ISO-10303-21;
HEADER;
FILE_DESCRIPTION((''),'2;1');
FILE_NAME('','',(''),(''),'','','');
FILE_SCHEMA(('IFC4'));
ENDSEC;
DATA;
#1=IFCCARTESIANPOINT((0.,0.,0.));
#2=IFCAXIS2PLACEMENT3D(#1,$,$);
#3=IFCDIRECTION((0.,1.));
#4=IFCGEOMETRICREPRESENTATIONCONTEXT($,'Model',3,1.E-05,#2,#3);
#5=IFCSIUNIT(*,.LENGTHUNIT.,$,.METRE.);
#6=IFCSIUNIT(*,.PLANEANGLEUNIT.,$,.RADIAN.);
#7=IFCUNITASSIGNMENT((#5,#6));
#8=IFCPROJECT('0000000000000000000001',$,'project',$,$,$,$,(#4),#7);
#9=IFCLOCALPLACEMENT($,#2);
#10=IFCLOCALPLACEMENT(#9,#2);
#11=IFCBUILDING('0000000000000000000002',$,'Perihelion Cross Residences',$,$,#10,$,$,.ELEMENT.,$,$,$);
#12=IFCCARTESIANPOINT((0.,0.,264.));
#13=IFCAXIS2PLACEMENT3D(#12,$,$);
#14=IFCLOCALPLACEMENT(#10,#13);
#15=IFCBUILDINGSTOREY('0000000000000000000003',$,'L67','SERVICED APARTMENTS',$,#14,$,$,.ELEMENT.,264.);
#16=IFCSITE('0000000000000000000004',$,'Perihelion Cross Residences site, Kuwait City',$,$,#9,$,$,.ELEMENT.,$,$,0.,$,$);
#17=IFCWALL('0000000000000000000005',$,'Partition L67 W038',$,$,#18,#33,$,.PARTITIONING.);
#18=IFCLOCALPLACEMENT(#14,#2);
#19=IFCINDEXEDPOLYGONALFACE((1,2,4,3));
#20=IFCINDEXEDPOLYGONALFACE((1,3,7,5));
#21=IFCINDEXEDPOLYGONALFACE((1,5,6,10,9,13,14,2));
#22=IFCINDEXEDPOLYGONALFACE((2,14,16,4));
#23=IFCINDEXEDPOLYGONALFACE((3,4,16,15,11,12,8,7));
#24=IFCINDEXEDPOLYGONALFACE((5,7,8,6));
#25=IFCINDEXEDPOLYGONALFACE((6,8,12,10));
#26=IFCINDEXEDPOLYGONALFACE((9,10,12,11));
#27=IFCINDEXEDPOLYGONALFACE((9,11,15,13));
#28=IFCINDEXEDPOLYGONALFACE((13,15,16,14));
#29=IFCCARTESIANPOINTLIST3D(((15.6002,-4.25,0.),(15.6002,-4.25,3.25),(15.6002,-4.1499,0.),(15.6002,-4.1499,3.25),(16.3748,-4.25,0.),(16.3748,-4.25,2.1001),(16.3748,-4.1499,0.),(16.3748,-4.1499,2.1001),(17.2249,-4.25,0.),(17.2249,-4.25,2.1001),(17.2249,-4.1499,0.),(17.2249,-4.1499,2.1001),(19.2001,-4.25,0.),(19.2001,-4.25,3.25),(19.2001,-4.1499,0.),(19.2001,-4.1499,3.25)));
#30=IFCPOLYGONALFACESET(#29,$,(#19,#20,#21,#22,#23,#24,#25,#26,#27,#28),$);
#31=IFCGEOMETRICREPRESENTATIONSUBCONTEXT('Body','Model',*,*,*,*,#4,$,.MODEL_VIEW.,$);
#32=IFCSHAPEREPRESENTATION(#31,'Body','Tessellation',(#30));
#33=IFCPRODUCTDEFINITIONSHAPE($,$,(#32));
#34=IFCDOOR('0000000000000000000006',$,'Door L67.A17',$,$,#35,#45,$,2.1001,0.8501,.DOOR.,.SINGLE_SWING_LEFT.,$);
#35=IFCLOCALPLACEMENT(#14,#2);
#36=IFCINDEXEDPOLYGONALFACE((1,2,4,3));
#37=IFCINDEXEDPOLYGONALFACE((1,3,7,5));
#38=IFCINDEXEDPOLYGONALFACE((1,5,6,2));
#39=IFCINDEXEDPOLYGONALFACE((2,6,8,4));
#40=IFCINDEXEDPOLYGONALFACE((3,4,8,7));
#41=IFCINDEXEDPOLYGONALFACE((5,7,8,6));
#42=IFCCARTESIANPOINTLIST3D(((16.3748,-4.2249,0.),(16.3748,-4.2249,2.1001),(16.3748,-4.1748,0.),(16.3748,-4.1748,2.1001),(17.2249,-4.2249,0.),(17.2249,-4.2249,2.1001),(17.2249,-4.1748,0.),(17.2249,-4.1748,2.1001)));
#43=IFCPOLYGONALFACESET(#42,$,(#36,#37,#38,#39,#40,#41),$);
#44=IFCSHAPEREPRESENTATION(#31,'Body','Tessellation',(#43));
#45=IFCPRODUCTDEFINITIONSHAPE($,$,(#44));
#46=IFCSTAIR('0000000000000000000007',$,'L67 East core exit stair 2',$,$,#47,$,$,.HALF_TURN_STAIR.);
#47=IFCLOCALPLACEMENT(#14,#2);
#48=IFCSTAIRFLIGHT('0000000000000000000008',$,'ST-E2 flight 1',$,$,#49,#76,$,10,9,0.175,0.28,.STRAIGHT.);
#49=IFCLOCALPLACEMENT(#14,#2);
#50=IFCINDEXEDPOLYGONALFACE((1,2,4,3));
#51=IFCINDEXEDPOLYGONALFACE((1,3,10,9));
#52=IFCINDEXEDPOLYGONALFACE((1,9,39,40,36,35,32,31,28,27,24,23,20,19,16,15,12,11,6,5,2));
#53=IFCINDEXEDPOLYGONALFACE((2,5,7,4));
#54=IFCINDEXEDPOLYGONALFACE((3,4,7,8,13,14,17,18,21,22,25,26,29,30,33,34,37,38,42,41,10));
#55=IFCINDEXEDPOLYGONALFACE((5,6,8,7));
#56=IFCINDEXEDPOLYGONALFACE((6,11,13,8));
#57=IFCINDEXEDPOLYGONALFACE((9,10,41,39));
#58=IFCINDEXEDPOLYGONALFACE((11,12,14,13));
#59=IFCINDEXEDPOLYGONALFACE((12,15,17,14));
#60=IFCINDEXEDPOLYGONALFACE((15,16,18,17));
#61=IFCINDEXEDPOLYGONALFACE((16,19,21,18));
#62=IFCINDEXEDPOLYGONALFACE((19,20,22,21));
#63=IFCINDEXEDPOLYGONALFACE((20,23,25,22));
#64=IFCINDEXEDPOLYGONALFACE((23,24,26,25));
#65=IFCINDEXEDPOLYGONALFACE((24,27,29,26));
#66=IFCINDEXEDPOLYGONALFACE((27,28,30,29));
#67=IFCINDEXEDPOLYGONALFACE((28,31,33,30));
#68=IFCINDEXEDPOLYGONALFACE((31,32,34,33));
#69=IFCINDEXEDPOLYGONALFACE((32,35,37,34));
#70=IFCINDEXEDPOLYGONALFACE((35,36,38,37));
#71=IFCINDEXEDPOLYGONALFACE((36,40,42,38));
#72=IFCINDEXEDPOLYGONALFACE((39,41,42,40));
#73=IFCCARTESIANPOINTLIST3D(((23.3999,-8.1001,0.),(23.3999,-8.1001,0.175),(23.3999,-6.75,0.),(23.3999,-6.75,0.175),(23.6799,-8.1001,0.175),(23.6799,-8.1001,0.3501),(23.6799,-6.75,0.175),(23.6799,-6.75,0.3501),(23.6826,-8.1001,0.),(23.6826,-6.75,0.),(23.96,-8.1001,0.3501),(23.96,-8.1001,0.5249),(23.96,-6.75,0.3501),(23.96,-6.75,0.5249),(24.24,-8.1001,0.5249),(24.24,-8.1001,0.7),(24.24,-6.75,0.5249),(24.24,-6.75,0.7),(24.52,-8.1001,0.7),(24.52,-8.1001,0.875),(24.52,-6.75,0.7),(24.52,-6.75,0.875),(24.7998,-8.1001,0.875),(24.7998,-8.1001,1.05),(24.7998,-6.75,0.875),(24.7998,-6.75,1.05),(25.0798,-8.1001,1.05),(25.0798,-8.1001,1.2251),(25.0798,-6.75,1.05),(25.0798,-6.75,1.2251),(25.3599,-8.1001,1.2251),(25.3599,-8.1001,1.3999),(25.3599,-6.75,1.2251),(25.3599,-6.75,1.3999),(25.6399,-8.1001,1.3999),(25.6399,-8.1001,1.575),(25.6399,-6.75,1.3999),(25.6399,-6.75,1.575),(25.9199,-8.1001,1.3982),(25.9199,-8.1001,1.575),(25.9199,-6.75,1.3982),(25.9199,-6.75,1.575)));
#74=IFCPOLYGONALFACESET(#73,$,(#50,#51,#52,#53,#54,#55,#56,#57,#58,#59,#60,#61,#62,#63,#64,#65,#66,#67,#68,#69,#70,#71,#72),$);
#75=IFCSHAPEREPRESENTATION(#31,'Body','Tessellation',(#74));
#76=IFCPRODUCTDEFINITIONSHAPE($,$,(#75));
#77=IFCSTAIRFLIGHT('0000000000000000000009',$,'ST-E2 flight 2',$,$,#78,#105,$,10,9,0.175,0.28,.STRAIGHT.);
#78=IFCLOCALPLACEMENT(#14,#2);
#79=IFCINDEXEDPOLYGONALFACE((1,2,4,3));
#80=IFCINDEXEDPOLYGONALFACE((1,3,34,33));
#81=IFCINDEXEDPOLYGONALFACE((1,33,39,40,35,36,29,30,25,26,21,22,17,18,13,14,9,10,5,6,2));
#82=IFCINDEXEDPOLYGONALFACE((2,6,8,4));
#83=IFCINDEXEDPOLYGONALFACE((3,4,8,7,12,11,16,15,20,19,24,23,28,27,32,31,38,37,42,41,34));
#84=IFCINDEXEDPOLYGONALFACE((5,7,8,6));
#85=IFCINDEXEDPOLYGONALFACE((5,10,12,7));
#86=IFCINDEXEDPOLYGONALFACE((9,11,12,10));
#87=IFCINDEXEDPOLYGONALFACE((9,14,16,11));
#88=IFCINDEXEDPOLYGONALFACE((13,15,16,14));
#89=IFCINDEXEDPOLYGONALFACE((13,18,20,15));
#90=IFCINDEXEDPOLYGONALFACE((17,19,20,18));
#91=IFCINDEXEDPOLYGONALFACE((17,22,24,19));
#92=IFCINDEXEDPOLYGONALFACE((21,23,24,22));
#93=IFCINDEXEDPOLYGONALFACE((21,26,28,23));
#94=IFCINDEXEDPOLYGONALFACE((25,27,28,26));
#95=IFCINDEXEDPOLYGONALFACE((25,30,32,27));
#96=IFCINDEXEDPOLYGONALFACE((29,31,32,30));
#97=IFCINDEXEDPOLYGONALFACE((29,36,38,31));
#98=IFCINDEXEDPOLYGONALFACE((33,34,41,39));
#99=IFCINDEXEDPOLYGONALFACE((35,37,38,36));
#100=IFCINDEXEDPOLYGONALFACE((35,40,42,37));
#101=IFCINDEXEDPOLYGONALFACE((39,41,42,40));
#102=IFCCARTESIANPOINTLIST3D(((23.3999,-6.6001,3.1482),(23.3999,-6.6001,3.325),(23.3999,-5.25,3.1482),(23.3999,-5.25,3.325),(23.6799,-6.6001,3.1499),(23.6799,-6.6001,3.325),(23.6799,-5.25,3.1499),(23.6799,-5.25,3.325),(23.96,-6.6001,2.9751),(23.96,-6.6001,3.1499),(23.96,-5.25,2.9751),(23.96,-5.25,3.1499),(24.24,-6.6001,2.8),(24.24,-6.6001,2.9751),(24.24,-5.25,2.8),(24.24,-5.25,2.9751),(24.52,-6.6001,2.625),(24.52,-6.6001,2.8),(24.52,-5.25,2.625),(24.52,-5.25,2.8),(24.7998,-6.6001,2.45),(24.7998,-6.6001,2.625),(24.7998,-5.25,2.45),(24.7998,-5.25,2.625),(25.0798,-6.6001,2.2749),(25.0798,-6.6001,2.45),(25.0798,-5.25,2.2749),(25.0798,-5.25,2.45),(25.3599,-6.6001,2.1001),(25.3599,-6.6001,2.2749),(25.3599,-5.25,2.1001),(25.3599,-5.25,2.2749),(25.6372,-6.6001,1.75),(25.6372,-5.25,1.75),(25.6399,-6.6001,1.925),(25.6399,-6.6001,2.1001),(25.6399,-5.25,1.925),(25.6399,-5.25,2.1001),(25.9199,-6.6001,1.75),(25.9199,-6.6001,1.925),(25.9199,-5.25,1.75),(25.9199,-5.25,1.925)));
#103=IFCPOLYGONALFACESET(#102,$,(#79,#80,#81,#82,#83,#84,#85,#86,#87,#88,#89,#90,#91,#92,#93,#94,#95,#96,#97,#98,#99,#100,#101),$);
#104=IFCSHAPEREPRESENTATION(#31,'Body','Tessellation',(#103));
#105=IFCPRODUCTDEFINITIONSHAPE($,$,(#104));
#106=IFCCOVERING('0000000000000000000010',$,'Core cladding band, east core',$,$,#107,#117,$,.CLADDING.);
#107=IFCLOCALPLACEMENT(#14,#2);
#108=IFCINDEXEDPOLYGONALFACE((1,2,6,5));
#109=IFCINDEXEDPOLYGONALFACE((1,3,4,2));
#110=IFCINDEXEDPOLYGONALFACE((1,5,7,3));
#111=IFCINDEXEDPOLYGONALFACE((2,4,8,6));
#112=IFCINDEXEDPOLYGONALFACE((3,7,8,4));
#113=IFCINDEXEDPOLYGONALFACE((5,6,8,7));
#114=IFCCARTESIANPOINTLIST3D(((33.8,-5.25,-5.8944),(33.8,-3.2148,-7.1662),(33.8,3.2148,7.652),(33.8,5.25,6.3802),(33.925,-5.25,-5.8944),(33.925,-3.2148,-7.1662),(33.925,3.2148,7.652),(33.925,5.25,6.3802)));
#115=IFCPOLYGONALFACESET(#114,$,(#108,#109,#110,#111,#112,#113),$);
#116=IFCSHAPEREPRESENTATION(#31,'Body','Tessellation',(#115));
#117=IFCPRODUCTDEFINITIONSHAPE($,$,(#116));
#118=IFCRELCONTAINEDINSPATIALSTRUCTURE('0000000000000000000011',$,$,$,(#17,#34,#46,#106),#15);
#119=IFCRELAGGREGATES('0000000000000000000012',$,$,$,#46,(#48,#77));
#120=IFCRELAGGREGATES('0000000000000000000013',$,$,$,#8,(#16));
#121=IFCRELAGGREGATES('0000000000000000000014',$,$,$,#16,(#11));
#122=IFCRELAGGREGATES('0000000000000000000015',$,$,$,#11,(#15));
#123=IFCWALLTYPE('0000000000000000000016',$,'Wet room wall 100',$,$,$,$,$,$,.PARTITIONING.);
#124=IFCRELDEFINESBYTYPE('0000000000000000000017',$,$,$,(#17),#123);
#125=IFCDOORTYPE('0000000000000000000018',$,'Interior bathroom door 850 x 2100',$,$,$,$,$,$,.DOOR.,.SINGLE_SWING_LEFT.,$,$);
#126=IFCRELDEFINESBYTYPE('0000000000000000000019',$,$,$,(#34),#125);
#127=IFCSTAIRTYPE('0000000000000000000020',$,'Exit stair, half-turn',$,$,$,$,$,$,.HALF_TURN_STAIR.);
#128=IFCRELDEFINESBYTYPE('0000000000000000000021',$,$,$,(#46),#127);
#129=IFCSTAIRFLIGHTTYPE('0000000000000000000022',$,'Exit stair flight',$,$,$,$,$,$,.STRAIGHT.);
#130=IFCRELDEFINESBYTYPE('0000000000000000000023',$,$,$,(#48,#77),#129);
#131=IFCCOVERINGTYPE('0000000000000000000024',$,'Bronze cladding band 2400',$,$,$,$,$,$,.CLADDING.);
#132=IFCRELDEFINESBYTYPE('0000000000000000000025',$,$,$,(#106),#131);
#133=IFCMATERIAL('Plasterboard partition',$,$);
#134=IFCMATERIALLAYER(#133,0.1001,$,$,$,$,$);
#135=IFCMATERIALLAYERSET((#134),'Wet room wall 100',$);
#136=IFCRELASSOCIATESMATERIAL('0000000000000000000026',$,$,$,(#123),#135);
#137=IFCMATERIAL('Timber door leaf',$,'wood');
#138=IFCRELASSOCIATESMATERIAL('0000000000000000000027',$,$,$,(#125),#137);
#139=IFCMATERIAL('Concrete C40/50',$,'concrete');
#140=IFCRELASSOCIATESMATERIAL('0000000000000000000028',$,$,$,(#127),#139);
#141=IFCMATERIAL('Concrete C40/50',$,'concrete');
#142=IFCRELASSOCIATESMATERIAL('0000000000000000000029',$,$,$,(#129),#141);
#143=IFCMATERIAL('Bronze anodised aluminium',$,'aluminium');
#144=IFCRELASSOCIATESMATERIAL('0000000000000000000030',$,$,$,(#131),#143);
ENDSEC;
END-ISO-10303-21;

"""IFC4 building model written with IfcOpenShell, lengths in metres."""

from ifc_helpers import new_model, si_unit, direction, frame, frame_2d, origin, origin_2d, place, context, subcontext, project, spatial, polyline, rectangle, outline, extrude, material, layer, layer_set, material_profile, profile_set, type_object, element, fill, aggregate, save


model = new_model("IFC4")

# Units and contexts
model_context = context("Model", 3, precision=1e-05, world=origin(), true_north=direction((0.0, 1.0)))
body_context = subcontext(model_context, "Body", "Model", "MODEL_VIEW")
ifc_project = project(units=[si_unit("LENGTHUNIT", "METRE"), si_unit("PLANEANGLEUNIT", "RADIAN")], contexts=[model_context])

# Site, building, storey
site_placement = place(None, origin())
site = spatial("IfcSite", under=ifc_project, at=site_placement, Name="Perihelion Cross Residences site, Kuwait City", CompositionType="ELEMENT", RefElevation=0.0)
building_placement = place(site_placement, origin())
building = spatial("IfcBuilding", under=site, at=building_placement, Name="Perihelion Cross Residences", CompositionType="ELEMENT")
storey_placement = place(building_placement, frame((0.0, 0.0, 264.0)))
storey = spatial("IfcBuildingStorey", under=building, at=storey_placement, Name="L67", Description="SERVICED APARTMENTS", CompositionType="ELEMENT", Elevation=264.0)

# Wall, opening, door
ifc_material_1 = material(Name="Plasterboard partition")
ifc_layer_1 = layer(ifc_material_1, 0.1001)
ifc_layer_set_1 = layer_set([ifc_layer_1], Name="Wet room wall 100")
wall_type_1 = type_object("IfcWallType", Name="Wet room wall 100", PredefinedType="PARTITIONING", material=ifc_layer_set_1)
wall_1_placement = place(storey_placement, frame((19.2, -4.2, 0.0), z_axis=(0.0, 0.0, 1.0), x_axis=(-1.0, 0.0, 0.0)))
wall_1 = element("IfcWall", 1, at=wall_1_placement, inside=storey, type_object=wall_type_1, Name="Partition L67 W038", PredefinedType="PARTITIONING", context=body_context, shape_type="SweptSolid", body=[
    extrude(rectangle(XDim=3.5999, YDim=0.1001, at=frame_2d((1.7998, 0.0))), origin(), (0.0, 0.0, 1.0), 3.25),
])
opening_1_placement = place(wall_1_placement, frame((1.9751, 0.0, 0.0)))
opening_1 = element("IfcOpeningElement", 2, at=opening_1_placement, cuts=wall_1, PredefinedType="OPENING", context=body_context, shape_type="SweptSolid", body=[
    extrude(rectangle(XDim=0.8501, YDim=2.1001, at=frame_2d((0.425, 1.05))), frame((0.0, 0.0601, 0.0), z_axis=(0.0, -1.0, 0.0), x_axis=(1.0, 0.0, 0.0)), (0.0, 0.0, 1.0), 0.1201),
])
ifc_material_2 = material(Name="Timber door leaf", Category="wood")
door_type_1 = type_object("IfcDoorType", Name="Interior bathroom door 850 x 2100", OperationType="SINGLE_SWING_LEFT", PredefinedType="DOOR", material=ifc_material_2)
door_1_placement = place(opening_1_placement, origin())
door_1 = element("IfcDoor", 3, at=door_1_placement, inside=storey, type_object=door_type_1, Name="Door L67.A17", OperationType="SINGLE_SWING_LEFT", OverallHeight=2.1001, OverallWidth=0.8501, PredefinedType="DOOR", context=body_context, shape_type="SweptSolid", body=[
    extrude(rectangle(XDim=0.8501, YDim=2.1001, at=frame_2d((0.425, 1.05))), frame((0.0, 0.0249, 0.0), z_axis=(0.0, -1.0, 0.0), x_axis=(1.0, 0.0, 0.0)), (0.0, 0.0, 1.0), 0.05),
])
fill(opening_1, door_1)

# Stair, stair flights
ifc_material_3 = material(Name="Concrete C40/50", Category="concrete")
stair_type = type_object("IfcStairType", Name="Exit stair, half-turn", PredefinedType="HALF_TURN_STAIR", material=ifc_material_3)
stair_placement = place(storey_placement, origin())
stair = element("IfcStair", 4, at=stair_placement, inside=storey, type_object=stair_type, Name="L67 East core exit stair 2", PredefinedType="HALF_TURN_STAIR")
ifc_material_4 = material(Name="Concrete C40/50", Category="concrete")
stair_flight_type = type_object("IfcStairFlightType", Name="Exit stair flight", PredefinedType="STRAIGHT", material=ifc_material_4)
stair_flight_1_placement = place(storey_placement, frame((23.3999, -7.425, 0.0), z_axis=(0.0, 0.0, 1.0), x_axis=(1.0, 0.0, 0.0)))
stair_flight_1 = element("IfcStairFlight", 5, at=stair_flight_1_placement, type_object=stair_flight_type, Name="ST-E2 flight 1", NumberOfRisers=10, NumberOfTreads=9, PredefinedType="STRAIGHT", RiserHeight=0.175, TreadLength=0.28, context=body_context, shape_type="SweptSolid", body=[
    extrude(outline(polyline([(0.0, 0.0), (0.0, 0.175), (0.28, 0.175), (0.28, 0.3501), (0.5601, 0.3501), (0.5601, 0.5249), (0.8401, 0.5249), (0.8401, 0.7), (1.1201, 0.7), (1.1201, 0.875), (1.3999, 0.875), (1.3999, 1.05), (1.6799, 1.05), (1.6799, 1.2251), (1.96, 1.2251), (1.96, 1.3999), (2.24, 1.3999), (2.24, 1.575), (2.52, 1.575), (2.52, 1.75), (2.52, 1.3982), (0.2827, 0.0), (0.0, 0.0)])), frame((0.0, 0.675, 0.0), z_axis=(0.0, -1.0, 0.0), x_axis=(1.0, 0.0, 0.0)), (0.0, 0.0, 1.0), 1.3501),
])
stair_flight_2_placement = place(storey_placement, frame((25.9199, -5.925, 1.75), z_axis=(0.0, 0.0, 1.0), x_axis=(-1.0, 0.0, 0.0)))
stair_flight_2 = element("IfcStairFlight", 6, at=stair_flight_2_placement, type_object=stair_flight_type, Name="ST-E2 flight 2", NumberOfRisers=10, NumberOfTreads=9, PredefinedType="STRAIGHT", RiserHeight=0.175, TreadLength=0.28, context=body_context, shape_type="SweptSolid", body=[
    extrude(outline(polyline([(0.0, 0.0), (0.0, 0.175), (0.28, 0.175), (0.28, 0.3501), (0.5601, 0.3501), (0.5601, 0.5249), (0.8401, 0.5249), (0.8401, 0.7), (1.1201, 0.7), (1.1201, 0.875), (1.3999, 0.875), (1.3999, 1.05), (1.6799, 1.05), (1.6799, 1.2251), (1.96, 1.2251), (1.96, 1.3999), (2.24, 1.3999), (2.24, 1.575), (2.52, 1.575), (2.52, 1.75), (2.52, 1.3982), (0.2827, 0.0), (0.0, 0.0)])), frame((0.0, 0.675, 0.0), z_axis=(0.0, -1.0, 0.0), x_axis=(1.0, 0.0, 0.0)), (0.0, 0.0, 1.0), 1.3501),
])
aggregate(stair, [stair_flight_1, stair_flight_2])

# Covering
ifc_material_5 = material(Name="Bronze anodised aluminium", Category="aluminium")
ifc_material_profile_1 = material_profile(ifc_material_5, rectangle(XDim=0.125, YDim=2.3999, at=origin_2d()), Name="Bronze cladding band 2400")
ifc_profile_set_1 = profile_set([ifc_material_profile_1], Name="Bronze anodised aluminium")
covering_type = type_object("IfcCoveringType", Name="Bronze cladding band 2400", PredefinedType="CLADDING", material=ifc_profile_set_1)
covering_placement = place(storey_placement, frame((33.8625, -4.2324, -6.5303), z_axis=(0.0, 0.529925, 0.848045), x_axis=(-1.0, 0.0, 0.0)))
element("IfcCovering", 7, at=covering_placement, inside=storey, type_object=covering_type, Name="Core cladding band, east core", PredefinedType="CLADDING", context=body_context, shape_type="SweptSolid", body=[
    extrude(rectangle(XDim=0.125, YDim=2.3999, at=origin_2d()), origin(), (0.0, 0.0, 1.0), 15.9736),
])

save(model, "model.ifc")
